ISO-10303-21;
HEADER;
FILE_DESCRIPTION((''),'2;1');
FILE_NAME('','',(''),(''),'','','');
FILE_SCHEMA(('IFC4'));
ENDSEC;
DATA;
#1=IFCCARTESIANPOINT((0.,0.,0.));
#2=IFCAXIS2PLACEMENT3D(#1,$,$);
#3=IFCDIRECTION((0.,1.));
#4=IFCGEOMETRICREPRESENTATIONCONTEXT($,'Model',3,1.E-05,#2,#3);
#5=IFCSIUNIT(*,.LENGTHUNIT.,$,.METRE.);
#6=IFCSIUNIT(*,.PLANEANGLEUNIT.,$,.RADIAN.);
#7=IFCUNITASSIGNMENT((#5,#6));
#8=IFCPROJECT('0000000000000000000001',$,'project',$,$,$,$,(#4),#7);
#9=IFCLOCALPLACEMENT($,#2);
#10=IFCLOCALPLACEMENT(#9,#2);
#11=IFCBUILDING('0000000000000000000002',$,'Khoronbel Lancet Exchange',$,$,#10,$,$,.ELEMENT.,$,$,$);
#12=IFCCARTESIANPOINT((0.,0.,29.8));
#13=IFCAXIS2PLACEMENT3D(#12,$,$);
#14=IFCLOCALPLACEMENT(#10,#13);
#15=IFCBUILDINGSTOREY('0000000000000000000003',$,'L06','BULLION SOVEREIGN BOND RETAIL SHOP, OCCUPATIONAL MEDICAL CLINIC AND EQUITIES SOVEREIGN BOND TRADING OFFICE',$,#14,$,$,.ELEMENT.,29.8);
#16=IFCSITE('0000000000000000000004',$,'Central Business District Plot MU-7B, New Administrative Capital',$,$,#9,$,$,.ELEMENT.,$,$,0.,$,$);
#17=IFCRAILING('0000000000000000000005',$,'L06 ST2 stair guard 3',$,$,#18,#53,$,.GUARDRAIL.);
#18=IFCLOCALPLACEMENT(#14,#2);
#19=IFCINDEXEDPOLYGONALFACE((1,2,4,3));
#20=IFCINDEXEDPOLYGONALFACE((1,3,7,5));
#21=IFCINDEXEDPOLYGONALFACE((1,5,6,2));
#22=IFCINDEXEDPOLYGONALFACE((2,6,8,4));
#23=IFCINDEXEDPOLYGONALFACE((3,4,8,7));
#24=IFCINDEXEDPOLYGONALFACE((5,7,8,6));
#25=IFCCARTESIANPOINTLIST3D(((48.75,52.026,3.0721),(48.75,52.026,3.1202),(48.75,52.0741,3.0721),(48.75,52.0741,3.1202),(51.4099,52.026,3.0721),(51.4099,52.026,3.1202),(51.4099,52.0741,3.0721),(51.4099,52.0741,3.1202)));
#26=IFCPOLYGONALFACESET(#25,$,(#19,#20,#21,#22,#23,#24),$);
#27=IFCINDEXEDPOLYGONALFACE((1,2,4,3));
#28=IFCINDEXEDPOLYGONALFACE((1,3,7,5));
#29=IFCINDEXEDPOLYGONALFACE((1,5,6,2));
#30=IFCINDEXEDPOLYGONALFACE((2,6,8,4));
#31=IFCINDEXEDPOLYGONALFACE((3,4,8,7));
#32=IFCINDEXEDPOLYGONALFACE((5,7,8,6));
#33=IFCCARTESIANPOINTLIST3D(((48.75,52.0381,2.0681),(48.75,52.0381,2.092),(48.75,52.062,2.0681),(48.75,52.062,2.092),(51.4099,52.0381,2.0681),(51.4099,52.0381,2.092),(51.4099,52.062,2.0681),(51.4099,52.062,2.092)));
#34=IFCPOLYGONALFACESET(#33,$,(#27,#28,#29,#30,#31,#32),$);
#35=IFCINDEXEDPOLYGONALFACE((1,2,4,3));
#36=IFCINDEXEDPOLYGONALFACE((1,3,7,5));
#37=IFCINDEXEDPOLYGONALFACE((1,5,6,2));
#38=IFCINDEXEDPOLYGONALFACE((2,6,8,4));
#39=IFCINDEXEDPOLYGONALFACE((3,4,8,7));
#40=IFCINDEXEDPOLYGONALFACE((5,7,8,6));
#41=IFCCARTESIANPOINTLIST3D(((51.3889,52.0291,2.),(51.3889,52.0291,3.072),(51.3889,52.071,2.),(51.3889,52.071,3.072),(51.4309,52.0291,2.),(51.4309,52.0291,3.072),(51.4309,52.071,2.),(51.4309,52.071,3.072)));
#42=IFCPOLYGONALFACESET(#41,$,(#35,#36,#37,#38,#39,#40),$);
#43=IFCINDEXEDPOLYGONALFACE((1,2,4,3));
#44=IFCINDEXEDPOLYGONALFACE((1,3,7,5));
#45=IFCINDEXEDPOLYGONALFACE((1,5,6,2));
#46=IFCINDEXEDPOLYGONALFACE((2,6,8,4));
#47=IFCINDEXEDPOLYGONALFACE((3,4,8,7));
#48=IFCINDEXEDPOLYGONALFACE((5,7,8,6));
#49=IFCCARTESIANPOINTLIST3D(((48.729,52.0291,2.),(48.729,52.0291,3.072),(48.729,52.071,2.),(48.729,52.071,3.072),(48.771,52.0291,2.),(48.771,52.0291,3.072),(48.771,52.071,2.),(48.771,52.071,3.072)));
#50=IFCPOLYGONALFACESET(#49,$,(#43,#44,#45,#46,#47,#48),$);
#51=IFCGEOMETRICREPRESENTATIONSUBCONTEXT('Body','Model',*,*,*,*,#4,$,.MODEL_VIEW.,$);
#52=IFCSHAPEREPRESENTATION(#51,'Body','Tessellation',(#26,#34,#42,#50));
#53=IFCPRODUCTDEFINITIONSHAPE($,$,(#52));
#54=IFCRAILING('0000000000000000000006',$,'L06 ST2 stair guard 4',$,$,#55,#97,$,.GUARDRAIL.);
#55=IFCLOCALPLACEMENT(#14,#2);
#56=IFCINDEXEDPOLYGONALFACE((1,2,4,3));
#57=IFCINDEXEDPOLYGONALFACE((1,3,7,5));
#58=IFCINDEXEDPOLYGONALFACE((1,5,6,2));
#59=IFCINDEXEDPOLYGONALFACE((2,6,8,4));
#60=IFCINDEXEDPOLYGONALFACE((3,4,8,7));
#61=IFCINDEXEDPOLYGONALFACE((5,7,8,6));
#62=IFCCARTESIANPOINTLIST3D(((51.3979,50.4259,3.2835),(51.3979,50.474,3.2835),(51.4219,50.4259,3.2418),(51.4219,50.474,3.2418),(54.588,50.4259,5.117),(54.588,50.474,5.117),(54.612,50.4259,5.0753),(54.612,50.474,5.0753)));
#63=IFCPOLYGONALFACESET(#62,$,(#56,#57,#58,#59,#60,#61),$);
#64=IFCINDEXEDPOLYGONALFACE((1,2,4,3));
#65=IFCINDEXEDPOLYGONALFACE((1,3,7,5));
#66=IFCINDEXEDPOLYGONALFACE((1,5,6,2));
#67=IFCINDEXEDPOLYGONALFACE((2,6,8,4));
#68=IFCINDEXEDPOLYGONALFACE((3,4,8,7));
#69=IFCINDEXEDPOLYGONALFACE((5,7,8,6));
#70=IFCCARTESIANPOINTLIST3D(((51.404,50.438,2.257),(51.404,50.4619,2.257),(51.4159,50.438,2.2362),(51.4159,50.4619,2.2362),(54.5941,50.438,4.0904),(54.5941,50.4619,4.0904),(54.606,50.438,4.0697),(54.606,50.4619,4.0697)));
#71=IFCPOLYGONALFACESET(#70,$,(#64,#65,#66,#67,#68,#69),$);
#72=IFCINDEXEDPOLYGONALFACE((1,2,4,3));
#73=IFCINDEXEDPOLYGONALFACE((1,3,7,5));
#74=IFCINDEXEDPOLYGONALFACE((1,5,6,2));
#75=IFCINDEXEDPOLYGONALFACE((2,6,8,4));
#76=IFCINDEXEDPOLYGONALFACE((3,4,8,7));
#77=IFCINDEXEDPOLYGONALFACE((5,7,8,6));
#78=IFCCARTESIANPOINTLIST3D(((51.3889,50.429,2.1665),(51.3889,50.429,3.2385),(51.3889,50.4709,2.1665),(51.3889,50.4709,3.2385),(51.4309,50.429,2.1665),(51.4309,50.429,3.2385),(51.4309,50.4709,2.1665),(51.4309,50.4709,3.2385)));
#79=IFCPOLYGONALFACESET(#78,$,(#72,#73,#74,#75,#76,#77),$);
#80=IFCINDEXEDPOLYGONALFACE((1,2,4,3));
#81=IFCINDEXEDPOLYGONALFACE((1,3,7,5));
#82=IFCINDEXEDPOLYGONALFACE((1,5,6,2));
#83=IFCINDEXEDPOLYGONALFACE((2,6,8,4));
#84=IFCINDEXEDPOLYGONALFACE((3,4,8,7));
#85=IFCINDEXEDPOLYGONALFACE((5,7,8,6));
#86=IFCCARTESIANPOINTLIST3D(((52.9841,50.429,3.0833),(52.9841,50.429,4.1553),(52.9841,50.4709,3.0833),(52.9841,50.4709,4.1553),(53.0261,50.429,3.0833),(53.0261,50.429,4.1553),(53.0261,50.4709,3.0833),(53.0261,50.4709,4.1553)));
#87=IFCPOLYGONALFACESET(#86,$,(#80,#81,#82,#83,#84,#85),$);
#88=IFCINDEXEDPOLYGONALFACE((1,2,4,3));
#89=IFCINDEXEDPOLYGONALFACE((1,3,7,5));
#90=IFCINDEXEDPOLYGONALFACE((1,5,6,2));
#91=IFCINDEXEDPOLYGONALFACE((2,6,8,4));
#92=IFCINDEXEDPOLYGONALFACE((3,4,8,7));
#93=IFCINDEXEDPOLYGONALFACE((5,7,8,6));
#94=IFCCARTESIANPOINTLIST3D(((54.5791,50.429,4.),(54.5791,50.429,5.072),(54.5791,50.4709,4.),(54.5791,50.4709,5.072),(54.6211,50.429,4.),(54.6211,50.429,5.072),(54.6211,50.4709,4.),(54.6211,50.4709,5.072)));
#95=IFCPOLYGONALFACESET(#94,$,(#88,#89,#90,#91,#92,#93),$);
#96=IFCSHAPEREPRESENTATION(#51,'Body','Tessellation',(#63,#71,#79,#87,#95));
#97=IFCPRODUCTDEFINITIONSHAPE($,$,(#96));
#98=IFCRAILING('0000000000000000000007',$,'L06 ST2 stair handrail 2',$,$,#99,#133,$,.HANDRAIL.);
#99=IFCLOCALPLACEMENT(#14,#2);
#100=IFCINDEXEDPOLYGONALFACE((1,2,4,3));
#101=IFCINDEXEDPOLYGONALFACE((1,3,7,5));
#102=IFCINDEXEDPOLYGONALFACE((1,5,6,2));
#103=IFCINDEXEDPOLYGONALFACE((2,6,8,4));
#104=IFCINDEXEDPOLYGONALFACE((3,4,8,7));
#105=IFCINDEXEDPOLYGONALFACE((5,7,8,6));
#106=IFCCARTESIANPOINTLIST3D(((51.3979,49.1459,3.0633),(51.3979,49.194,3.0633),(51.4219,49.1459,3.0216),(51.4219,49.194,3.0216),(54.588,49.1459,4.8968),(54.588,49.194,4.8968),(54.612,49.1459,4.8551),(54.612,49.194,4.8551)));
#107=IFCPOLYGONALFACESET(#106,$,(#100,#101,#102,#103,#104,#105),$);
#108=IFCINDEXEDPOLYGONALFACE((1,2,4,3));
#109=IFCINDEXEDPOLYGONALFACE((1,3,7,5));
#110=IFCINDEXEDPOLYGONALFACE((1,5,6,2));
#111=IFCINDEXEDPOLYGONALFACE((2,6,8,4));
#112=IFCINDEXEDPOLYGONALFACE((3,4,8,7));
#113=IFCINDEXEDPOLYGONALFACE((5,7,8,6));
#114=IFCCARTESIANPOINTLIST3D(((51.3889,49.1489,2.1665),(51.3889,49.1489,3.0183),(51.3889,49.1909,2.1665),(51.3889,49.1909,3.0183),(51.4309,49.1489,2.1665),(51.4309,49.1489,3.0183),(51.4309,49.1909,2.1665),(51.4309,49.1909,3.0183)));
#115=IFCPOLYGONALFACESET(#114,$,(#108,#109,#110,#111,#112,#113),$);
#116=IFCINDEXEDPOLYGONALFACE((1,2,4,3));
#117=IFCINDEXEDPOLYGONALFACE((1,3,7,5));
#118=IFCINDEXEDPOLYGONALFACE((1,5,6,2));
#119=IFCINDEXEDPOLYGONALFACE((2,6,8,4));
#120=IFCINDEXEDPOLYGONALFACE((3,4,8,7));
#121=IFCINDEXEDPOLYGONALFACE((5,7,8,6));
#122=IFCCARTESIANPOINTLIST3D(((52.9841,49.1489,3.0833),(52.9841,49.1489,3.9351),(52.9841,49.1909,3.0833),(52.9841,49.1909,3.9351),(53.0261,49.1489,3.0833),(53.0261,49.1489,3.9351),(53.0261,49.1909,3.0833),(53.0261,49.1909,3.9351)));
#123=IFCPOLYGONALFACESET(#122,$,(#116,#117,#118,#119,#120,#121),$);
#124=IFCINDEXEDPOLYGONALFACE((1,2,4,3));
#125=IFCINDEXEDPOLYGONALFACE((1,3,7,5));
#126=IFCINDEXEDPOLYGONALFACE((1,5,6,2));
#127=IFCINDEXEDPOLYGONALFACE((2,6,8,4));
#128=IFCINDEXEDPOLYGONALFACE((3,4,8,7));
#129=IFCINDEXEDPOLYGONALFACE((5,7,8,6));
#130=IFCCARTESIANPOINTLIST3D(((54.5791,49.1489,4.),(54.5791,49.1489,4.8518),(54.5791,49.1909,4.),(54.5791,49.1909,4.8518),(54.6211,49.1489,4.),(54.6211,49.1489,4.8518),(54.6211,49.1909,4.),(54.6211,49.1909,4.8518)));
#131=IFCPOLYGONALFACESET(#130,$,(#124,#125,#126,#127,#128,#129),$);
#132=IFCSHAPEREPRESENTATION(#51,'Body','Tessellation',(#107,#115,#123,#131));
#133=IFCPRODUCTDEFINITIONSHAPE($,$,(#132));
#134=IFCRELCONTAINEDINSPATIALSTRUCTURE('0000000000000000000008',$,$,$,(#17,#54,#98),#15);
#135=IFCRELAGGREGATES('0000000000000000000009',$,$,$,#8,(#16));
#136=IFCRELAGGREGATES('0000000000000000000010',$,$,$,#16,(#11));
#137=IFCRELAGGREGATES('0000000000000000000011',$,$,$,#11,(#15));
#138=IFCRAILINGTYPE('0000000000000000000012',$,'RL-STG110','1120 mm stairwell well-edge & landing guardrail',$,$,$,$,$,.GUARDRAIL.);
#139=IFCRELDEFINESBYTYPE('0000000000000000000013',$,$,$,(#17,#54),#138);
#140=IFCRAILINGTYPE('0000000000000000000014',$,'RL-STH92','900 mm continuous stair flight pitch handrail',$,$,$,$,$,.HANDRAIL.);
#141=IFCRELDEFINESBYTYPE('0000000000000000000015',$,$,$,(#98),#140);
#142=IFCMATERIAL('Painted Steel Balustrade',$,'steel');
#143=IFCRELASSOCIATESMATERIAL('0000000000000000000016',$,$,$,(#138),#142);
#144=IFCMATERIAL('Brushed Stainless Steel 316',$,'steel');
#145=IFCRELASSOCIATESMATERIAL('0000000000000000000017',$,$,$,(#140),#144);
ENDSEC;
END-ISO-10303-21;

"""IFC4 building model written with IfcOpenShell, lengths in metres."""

from ifc_helpers import new_model, si_unit, direction, frame, origin, origin_2d, place, context, subcontext, project, spatial, rectangle, extrude, material, type_object, element, save


model = new_model("IFC4")

# Units and contexts
model_context = context("Model", 3, precision=1e-05, world=origin(), true_north=direction((0.0, 1.0)))
body_context = subcontext(model_context, "Body", "Model", "MODEL_VIEW")
ifc_project = project(units=[si_unit("LENGTHUNIT", "METRE"), si_unit("PLANEANGLEUNIT", "RADIAN")], contexts=[model_context])

# Site, building, storey
site_placement = place(None, origin())
site = spatial("IfcSite", under=ifc_project, at=site_placement, Name="Central Business District Plot MU-7B, New Administrative Capital", CompositionType="ELEMENT", RefElevation=0.0)
building_placement = place(site_placement, origin())
building = spatial("IfcBuilding", under=site, at=building_placement, Name="Khoronbel Lancet Exchange", CompositionType="ELEMENT")
storey_placement = place(building_placement, frame((0.0, 0.0, 29.8)))
storey = spatial("IfcBuildingStorey", under=building, at=storey_placement, Name="L06", Description="BULLION SOVEREIGN BOND RETAIL SHOP, OCCUPATIONAL MEDICAL CLINIC AND EQUITIES SOVEREIGN BOND TRADING OFFICE", CompositionType="ELEMENT", Elevation=29.8)

# Railings
ifc_material_1 = material(Name="Painted Steel Balustrade", Category="steel")
railing_type_1 = type_object("IfcRailingType", Name="RL-STG110", Description="1120 mm stairwell well-edge & landing guardrail", PredefinedType="GUARDRAIL", material=ifc_material_1)
railing_1_placement = place(storey_placement, frame((51.4099, 52.05, 2.0)))
element("IfcRailing", 1, at=railing_1_placement, inside=storey, type_object=railing_type_1, Name="L06 ST2 stair guard 3", PredefinedType="GUARDRAIL", context=body_context, shape_type="SweptSolid", body=[
    extrude(rectangle(XDim=0.0481, YDim=0.0481, at=origin_2d()), frame((0.0, 0.0, 1.0962), z_axis=(-1.0, 0.0, 0.0), x_axis=(0.0, -1.0, 0.0)), (0.0, 0.0, 1.0), 2.6599),
    extrude(rectangle(XDim=0.0239, YDim=0.0239, at=origin_2d()), frame((0.0, 0.0, 0.0801), z_axis=(-1.0, 0.0, 0.0), x_axis=(0.0, -1.0, 0.0)), (0.0, 0.0, 1.0), 2.6599),
    extrude(rectangle(XDim=0.042, YDim=0.042, at=origin_2d()), origin(), (0.0, 0.0, 1.0), 1.072),
    extrude(rectangle(XDim=0.042, YDim=0.042, at=origin_2d()), frame((-2.6599, 0.0, 0.0)), (0.0, 0.0, 1.0), 1.072),
])
railing_2_placement = place(storey_placement, frame((51.4099, 50.45, 2.1665)))
element("IfcRailing", 2, at=railing_2_placement, inside=storey, type_object=railing_type_1, Name="L06 ST2 stair guard 4", PredefinedType="GUARDRAIL", context=body_context, shape_type="SweptSolid", body=[
    extrude(rectangle(XDim=0.0481, YDim=0.0481, at=origin_2d()), frame((0.0, 0.0, 1.0962), z_axis=(0.867007, 0.0, 0.498295), x_axis=(0.0, 1.0, 0.0)), (0.0, 0.0, 1.0), 3.6794),
    extrude(rectangle(XDim=0.0239, YDim=0.0239, at=origin_2d()), frame((0.0, 0.0, 0.0801), z_axis=(0.867007, 0.0, 0.498295), x_axis=(0.0, 1.0, 0.0)), (0.0, 0.0, 1.0), 3.6794),
    extrude(rectangle(XDim=0.042, YDim=0.042, at=origin_2d()), origin(), (0.0, 0.0, 1.0), 1.072),
    extrude(rectangle(XDim=0.042, YDim=0.042, at=origin_2d()), frame((1.5952, 0.0, 0.9167)), (0.0, 0.0, 1.0), 1.072),
    extrude(rectangle(XDim=0.042, YDim=0.042, at=origin_2d()), frame((3.1902, 0.0, 1.8335)), (0.0, 0.0, 1.0), 1.072),
])
ifc_material_2 = material(Name="Brushed Stainless Steel 316", Category="steel")
railing_type_2 = type_object("IfcRailingType", Name="RL-STH92", Description="900 mm continuous stair flight pitch handrail", PredefinedType="HANDRAIL", material=ifc_material_2)
railing_3_placement = place(storey_placement, frame((51.4099, 49.1699, 2.1665)))
element("IfcRailing", 3, at=railing_3_placement, inside=storey, type_object=railing_type_2, Name="L06 ST2 stair handrail 2", PredefinedType="HANDRAIL", context=body_context, shape_type="SweptSolid", body=[
    extrude(rectangle(XDim=0.0481, YDim=0.0481, at=origin_2d()), frame((0.0, 0.0, 0.876), z_axis=(0.867007, 0.0, 0.498295), x_axis=(0.0, 1.0, 0.0)), (0.0, 0.0, 1.0), 3.6794),
    extrude(rectangle(XDim=0.042, YDim=0.042, at=origin_2d()), origin(), (0.0, 0.0, 1.0), 0.8518),
    extrude(rectangle(XDim=0.042, YDim=0.042, at=origin_2d()), frame((1.5952, 0.0, 0.9167)), (0.0, 0.0, 1.0), 0.8518),
    extrude(rectangle(XDim=0.042, YDim=0.042, at=origin_2d()), frame((3.1902, 0.0, 1.8335)), (0.0, 0.0, 1.0), 0.8518),
])

save(model, "model.ifc")
